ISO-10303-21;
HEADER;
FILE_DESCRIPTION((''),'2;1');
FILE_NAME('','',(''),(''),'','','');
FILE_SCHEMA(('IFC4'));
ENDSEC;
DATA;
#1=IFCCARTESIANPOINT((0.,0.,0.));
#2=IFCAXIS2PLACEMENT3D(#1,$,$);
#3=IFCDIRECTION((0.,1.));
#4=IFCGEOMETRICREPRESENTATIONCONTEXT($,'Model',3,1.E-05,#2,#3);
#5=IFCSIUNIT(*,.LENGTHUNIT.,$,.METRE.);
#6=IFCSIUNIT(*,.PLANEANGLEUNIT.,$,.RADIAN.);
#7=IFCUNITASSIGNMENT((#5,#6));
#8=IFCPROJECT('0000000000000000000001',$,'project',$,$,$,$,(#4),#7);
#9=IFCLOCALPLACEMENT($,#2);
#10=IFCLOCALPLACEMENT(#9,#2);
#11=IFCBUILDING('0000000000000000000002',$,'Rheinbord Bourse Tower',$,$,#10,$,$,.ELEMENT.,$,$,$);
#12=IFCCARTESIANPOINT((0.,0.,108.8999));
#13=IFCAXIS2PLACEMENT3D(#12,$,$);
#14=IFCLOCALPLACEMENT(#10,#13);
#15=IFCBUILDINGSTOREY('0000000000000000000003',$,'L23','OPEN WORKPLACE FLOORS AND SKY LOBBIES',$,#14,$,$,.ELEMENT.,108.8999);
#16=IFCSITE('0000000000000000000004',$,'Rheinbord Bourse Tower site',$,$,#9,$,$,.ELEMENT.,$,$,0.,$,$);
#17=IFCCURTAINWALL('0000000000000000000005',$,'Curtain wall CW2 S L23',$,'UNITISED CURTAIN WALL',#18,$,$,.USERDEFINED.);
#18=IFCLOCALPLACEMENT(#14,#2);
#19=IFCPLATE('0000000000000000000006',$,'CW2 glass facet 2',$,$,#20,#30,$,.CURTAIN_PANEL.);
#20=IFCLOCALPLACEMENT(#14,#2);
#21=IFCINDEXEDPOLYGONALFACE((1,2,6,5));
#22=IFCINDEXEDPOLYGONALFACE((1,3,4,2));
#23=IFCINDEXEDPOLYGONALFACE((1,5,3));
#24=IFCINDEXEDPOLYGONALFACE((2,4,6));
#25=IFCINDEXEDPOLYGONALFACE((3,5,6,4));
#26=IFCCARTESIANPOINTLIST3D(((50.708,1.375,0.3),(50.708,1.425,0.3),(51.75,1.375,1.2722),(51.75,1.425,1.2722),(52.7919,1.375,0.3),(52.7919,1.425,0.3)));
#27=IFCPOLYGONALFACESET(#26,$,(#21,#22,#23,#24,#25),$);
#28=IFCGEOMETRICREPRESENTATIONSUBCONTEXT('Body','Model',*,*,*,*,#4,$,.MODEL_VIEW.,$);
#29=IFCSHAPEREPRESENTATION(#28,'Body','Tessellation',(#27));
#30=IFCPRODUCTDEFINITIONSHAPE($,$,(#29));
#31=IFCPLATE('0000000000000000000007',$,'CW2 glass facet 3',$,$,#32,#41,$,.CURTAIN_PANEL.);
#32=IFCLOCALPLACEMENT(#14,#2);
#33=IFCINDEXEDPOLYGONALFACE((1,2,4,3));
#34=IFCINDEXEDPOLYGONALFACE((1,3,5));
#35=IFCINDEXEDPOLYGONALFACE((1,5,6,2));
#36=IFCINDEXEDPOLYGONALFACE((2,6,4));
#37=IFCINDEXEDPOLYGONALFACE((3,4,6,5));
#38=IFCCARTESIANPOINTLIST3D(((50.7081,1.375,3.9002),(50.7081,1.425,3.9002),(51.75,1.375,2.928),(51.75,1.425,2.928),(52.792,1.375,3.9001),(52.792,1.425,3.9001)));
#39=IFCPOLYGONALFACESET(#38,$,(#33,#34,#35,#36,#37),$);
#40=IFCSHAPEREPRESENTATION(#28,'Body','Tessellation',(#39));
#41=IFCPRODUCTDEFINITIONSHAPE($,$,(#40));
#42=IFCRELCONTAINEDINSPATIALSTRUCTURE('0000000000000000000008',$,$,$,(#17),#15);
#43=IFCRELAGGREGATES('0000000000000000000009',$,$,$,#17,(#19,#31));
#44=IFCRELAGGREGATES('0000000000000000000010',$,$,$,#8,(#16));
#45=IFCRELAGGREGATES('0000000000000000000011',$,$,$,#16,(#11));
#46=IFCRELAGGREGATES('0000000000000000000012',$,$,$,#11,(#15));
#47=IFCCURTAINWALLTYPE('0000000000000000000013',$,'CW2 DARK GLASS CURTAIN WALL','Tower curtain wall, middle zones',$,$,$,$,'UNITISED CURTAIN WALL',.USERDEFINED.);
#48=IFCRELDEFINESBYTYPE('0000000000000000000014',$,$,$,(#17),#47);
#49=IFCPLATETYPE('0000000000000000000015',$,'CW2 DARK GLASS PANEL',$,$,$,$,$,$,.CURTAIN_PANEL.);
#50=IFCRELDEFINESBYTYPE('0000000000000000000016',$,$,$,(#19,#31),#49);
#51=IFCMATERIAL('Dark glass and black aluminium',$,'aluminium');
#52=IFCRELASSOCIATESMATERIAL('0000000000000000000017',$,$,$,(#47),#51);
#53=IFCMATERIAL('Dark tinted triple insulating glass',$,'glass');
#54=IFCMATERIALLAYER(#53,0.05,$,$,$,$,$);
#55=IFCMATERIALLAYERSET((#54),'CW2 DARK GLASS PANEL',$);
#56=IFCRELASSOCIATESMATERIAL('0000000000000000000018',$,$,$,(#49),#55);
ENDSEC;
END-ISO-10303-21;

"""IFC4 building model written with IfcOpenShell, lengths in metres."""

from ifc_helpers import new_model, si_unit, direction, frame, origin, place, context, subcontext, project, spatial, polyline, outline, extrude, material, layer, layer_set, type_object, element, aggregate, save


model = new_model("IFC4")

# Units and contexts
model_context = context("Model", 3, precision=1e-05, world=origin(), true_north=direction((0.0, 1.0)))
body_context = subcontext(model_context, "Body", "Model", "MODEL_VIEW")
ifc_project = project(units=[si_unit("LENGTHUNIT", "METRE"), si_unit("PLANEANGLEUNIT", "RADIAN")], contexts=[model_context])

# Site, building, storey
site_placement = place(None, origin())
site = spatial("IfcSite", under=ifc_project, at=site_placement, Name="Rheinbord Bourse Tower site", CompositionType="ELEMENT", RefElevation=0.0)
building_placement = place(site_placement, origin())
building = spatial("IfcBuilding", under=site, at=building_placement, Name="Rheinbord Bourse Tower", CompositionType="ELEMENT")
storey_placement = place(building_placement, frame((0.0, 0.0, 108.8999)))
storey = spatial("IfcBuildingStorey", under=building, at=storey_placement, Name="L23", Description="OPEN WORKPLACE FLOORS AND SKY LOBBIES", CompositionType="ELEMENT", Elevation=108.8999)

# Curtain wall
ifc_material_1 = material(Name="Dark glass and black aluminium", Category="aluminium")
curtain_wall_type = type_object("IfcCurtainWallType", Name="CW2 DARK GLASS CURTAIN WALL", Description="Tower curtain wall, middle zones", ElementType="UNITISED CURTAIN WALL", PredefinedType="USERDEFINED", material=ifc_material_1)
curtain_wall_placement = place(storey_placement, origin())
curtain_wall = element("IfcCurtainWall", 1, at=curtain_wall_placement, inside=storey, type_object=curtain_wall_type, Name="Curtain wall CW2 S L23", ObjectType="UNITISED CURTAIN WALL", PredefinedType="USERDEFINED")

# Plates
ifc_material_2 = material(Name="Dark tinted triple insulating glass", Category="glass")
ifc_layer = layer(ifc_material_2, 0.05)
ifc_layer_set = layer_set([ifc_layer], Name="CW2 DARK GLASS PANEL")
plate_type = type_object("IfcPlateType", Name="CW2 DARK GLASS PANEL", PredefinedType="CURTAIN_PANEL", material=ifc_layer_set)
plate_1_placement = place(storey_placement, frame((50.708, 1.375, 0.3), z_axis=(0.0, 1.0, 0.0), x_axis=(0.731181, 0.0, 0.682184)))
plate_1 = element("IfcPlate", 2, at=plate_1_placement, type_object=plate_type, Name="CW2 glass facet 2", PredefinedType="CURTAIN_PANEL", context=body_context, shape_type="SweptSolid", body=[
    extrude(outline(polyline([(0.0, 0.0), (1.425, 0.0), (1.5237, 1.4216), (0.0, 0.0)])), origin(), (0.0, 0.0, 1.0), 0.05),
])
plate_2_placement = place(storey_placement, frame((52.792, 1.375, 3.9001), z_axis=(0.0, 1.0, 0.0), x_axis=(-0.731181, 0.0, -0.682184)))
plate_2 = element("IfcPlate", 3, at=plate_2_placement, type_object=plate_type, Name="CW2 glass facet 3", PredefinedType="CURTAIN_PANEL", context=body_context, shape_type="SweptSolid", body=[
    extrude(outline(polyline([(0.0, 0.0), (1.425, 0.0), (1.5237, 1.4216), (0.0, 0.0)])), origin(), (0.0, 0.0, 1.0), 0.05),
])
aggregate(curtain_wall, [plate_1, plate_2])

save(model, "model.ifc")
